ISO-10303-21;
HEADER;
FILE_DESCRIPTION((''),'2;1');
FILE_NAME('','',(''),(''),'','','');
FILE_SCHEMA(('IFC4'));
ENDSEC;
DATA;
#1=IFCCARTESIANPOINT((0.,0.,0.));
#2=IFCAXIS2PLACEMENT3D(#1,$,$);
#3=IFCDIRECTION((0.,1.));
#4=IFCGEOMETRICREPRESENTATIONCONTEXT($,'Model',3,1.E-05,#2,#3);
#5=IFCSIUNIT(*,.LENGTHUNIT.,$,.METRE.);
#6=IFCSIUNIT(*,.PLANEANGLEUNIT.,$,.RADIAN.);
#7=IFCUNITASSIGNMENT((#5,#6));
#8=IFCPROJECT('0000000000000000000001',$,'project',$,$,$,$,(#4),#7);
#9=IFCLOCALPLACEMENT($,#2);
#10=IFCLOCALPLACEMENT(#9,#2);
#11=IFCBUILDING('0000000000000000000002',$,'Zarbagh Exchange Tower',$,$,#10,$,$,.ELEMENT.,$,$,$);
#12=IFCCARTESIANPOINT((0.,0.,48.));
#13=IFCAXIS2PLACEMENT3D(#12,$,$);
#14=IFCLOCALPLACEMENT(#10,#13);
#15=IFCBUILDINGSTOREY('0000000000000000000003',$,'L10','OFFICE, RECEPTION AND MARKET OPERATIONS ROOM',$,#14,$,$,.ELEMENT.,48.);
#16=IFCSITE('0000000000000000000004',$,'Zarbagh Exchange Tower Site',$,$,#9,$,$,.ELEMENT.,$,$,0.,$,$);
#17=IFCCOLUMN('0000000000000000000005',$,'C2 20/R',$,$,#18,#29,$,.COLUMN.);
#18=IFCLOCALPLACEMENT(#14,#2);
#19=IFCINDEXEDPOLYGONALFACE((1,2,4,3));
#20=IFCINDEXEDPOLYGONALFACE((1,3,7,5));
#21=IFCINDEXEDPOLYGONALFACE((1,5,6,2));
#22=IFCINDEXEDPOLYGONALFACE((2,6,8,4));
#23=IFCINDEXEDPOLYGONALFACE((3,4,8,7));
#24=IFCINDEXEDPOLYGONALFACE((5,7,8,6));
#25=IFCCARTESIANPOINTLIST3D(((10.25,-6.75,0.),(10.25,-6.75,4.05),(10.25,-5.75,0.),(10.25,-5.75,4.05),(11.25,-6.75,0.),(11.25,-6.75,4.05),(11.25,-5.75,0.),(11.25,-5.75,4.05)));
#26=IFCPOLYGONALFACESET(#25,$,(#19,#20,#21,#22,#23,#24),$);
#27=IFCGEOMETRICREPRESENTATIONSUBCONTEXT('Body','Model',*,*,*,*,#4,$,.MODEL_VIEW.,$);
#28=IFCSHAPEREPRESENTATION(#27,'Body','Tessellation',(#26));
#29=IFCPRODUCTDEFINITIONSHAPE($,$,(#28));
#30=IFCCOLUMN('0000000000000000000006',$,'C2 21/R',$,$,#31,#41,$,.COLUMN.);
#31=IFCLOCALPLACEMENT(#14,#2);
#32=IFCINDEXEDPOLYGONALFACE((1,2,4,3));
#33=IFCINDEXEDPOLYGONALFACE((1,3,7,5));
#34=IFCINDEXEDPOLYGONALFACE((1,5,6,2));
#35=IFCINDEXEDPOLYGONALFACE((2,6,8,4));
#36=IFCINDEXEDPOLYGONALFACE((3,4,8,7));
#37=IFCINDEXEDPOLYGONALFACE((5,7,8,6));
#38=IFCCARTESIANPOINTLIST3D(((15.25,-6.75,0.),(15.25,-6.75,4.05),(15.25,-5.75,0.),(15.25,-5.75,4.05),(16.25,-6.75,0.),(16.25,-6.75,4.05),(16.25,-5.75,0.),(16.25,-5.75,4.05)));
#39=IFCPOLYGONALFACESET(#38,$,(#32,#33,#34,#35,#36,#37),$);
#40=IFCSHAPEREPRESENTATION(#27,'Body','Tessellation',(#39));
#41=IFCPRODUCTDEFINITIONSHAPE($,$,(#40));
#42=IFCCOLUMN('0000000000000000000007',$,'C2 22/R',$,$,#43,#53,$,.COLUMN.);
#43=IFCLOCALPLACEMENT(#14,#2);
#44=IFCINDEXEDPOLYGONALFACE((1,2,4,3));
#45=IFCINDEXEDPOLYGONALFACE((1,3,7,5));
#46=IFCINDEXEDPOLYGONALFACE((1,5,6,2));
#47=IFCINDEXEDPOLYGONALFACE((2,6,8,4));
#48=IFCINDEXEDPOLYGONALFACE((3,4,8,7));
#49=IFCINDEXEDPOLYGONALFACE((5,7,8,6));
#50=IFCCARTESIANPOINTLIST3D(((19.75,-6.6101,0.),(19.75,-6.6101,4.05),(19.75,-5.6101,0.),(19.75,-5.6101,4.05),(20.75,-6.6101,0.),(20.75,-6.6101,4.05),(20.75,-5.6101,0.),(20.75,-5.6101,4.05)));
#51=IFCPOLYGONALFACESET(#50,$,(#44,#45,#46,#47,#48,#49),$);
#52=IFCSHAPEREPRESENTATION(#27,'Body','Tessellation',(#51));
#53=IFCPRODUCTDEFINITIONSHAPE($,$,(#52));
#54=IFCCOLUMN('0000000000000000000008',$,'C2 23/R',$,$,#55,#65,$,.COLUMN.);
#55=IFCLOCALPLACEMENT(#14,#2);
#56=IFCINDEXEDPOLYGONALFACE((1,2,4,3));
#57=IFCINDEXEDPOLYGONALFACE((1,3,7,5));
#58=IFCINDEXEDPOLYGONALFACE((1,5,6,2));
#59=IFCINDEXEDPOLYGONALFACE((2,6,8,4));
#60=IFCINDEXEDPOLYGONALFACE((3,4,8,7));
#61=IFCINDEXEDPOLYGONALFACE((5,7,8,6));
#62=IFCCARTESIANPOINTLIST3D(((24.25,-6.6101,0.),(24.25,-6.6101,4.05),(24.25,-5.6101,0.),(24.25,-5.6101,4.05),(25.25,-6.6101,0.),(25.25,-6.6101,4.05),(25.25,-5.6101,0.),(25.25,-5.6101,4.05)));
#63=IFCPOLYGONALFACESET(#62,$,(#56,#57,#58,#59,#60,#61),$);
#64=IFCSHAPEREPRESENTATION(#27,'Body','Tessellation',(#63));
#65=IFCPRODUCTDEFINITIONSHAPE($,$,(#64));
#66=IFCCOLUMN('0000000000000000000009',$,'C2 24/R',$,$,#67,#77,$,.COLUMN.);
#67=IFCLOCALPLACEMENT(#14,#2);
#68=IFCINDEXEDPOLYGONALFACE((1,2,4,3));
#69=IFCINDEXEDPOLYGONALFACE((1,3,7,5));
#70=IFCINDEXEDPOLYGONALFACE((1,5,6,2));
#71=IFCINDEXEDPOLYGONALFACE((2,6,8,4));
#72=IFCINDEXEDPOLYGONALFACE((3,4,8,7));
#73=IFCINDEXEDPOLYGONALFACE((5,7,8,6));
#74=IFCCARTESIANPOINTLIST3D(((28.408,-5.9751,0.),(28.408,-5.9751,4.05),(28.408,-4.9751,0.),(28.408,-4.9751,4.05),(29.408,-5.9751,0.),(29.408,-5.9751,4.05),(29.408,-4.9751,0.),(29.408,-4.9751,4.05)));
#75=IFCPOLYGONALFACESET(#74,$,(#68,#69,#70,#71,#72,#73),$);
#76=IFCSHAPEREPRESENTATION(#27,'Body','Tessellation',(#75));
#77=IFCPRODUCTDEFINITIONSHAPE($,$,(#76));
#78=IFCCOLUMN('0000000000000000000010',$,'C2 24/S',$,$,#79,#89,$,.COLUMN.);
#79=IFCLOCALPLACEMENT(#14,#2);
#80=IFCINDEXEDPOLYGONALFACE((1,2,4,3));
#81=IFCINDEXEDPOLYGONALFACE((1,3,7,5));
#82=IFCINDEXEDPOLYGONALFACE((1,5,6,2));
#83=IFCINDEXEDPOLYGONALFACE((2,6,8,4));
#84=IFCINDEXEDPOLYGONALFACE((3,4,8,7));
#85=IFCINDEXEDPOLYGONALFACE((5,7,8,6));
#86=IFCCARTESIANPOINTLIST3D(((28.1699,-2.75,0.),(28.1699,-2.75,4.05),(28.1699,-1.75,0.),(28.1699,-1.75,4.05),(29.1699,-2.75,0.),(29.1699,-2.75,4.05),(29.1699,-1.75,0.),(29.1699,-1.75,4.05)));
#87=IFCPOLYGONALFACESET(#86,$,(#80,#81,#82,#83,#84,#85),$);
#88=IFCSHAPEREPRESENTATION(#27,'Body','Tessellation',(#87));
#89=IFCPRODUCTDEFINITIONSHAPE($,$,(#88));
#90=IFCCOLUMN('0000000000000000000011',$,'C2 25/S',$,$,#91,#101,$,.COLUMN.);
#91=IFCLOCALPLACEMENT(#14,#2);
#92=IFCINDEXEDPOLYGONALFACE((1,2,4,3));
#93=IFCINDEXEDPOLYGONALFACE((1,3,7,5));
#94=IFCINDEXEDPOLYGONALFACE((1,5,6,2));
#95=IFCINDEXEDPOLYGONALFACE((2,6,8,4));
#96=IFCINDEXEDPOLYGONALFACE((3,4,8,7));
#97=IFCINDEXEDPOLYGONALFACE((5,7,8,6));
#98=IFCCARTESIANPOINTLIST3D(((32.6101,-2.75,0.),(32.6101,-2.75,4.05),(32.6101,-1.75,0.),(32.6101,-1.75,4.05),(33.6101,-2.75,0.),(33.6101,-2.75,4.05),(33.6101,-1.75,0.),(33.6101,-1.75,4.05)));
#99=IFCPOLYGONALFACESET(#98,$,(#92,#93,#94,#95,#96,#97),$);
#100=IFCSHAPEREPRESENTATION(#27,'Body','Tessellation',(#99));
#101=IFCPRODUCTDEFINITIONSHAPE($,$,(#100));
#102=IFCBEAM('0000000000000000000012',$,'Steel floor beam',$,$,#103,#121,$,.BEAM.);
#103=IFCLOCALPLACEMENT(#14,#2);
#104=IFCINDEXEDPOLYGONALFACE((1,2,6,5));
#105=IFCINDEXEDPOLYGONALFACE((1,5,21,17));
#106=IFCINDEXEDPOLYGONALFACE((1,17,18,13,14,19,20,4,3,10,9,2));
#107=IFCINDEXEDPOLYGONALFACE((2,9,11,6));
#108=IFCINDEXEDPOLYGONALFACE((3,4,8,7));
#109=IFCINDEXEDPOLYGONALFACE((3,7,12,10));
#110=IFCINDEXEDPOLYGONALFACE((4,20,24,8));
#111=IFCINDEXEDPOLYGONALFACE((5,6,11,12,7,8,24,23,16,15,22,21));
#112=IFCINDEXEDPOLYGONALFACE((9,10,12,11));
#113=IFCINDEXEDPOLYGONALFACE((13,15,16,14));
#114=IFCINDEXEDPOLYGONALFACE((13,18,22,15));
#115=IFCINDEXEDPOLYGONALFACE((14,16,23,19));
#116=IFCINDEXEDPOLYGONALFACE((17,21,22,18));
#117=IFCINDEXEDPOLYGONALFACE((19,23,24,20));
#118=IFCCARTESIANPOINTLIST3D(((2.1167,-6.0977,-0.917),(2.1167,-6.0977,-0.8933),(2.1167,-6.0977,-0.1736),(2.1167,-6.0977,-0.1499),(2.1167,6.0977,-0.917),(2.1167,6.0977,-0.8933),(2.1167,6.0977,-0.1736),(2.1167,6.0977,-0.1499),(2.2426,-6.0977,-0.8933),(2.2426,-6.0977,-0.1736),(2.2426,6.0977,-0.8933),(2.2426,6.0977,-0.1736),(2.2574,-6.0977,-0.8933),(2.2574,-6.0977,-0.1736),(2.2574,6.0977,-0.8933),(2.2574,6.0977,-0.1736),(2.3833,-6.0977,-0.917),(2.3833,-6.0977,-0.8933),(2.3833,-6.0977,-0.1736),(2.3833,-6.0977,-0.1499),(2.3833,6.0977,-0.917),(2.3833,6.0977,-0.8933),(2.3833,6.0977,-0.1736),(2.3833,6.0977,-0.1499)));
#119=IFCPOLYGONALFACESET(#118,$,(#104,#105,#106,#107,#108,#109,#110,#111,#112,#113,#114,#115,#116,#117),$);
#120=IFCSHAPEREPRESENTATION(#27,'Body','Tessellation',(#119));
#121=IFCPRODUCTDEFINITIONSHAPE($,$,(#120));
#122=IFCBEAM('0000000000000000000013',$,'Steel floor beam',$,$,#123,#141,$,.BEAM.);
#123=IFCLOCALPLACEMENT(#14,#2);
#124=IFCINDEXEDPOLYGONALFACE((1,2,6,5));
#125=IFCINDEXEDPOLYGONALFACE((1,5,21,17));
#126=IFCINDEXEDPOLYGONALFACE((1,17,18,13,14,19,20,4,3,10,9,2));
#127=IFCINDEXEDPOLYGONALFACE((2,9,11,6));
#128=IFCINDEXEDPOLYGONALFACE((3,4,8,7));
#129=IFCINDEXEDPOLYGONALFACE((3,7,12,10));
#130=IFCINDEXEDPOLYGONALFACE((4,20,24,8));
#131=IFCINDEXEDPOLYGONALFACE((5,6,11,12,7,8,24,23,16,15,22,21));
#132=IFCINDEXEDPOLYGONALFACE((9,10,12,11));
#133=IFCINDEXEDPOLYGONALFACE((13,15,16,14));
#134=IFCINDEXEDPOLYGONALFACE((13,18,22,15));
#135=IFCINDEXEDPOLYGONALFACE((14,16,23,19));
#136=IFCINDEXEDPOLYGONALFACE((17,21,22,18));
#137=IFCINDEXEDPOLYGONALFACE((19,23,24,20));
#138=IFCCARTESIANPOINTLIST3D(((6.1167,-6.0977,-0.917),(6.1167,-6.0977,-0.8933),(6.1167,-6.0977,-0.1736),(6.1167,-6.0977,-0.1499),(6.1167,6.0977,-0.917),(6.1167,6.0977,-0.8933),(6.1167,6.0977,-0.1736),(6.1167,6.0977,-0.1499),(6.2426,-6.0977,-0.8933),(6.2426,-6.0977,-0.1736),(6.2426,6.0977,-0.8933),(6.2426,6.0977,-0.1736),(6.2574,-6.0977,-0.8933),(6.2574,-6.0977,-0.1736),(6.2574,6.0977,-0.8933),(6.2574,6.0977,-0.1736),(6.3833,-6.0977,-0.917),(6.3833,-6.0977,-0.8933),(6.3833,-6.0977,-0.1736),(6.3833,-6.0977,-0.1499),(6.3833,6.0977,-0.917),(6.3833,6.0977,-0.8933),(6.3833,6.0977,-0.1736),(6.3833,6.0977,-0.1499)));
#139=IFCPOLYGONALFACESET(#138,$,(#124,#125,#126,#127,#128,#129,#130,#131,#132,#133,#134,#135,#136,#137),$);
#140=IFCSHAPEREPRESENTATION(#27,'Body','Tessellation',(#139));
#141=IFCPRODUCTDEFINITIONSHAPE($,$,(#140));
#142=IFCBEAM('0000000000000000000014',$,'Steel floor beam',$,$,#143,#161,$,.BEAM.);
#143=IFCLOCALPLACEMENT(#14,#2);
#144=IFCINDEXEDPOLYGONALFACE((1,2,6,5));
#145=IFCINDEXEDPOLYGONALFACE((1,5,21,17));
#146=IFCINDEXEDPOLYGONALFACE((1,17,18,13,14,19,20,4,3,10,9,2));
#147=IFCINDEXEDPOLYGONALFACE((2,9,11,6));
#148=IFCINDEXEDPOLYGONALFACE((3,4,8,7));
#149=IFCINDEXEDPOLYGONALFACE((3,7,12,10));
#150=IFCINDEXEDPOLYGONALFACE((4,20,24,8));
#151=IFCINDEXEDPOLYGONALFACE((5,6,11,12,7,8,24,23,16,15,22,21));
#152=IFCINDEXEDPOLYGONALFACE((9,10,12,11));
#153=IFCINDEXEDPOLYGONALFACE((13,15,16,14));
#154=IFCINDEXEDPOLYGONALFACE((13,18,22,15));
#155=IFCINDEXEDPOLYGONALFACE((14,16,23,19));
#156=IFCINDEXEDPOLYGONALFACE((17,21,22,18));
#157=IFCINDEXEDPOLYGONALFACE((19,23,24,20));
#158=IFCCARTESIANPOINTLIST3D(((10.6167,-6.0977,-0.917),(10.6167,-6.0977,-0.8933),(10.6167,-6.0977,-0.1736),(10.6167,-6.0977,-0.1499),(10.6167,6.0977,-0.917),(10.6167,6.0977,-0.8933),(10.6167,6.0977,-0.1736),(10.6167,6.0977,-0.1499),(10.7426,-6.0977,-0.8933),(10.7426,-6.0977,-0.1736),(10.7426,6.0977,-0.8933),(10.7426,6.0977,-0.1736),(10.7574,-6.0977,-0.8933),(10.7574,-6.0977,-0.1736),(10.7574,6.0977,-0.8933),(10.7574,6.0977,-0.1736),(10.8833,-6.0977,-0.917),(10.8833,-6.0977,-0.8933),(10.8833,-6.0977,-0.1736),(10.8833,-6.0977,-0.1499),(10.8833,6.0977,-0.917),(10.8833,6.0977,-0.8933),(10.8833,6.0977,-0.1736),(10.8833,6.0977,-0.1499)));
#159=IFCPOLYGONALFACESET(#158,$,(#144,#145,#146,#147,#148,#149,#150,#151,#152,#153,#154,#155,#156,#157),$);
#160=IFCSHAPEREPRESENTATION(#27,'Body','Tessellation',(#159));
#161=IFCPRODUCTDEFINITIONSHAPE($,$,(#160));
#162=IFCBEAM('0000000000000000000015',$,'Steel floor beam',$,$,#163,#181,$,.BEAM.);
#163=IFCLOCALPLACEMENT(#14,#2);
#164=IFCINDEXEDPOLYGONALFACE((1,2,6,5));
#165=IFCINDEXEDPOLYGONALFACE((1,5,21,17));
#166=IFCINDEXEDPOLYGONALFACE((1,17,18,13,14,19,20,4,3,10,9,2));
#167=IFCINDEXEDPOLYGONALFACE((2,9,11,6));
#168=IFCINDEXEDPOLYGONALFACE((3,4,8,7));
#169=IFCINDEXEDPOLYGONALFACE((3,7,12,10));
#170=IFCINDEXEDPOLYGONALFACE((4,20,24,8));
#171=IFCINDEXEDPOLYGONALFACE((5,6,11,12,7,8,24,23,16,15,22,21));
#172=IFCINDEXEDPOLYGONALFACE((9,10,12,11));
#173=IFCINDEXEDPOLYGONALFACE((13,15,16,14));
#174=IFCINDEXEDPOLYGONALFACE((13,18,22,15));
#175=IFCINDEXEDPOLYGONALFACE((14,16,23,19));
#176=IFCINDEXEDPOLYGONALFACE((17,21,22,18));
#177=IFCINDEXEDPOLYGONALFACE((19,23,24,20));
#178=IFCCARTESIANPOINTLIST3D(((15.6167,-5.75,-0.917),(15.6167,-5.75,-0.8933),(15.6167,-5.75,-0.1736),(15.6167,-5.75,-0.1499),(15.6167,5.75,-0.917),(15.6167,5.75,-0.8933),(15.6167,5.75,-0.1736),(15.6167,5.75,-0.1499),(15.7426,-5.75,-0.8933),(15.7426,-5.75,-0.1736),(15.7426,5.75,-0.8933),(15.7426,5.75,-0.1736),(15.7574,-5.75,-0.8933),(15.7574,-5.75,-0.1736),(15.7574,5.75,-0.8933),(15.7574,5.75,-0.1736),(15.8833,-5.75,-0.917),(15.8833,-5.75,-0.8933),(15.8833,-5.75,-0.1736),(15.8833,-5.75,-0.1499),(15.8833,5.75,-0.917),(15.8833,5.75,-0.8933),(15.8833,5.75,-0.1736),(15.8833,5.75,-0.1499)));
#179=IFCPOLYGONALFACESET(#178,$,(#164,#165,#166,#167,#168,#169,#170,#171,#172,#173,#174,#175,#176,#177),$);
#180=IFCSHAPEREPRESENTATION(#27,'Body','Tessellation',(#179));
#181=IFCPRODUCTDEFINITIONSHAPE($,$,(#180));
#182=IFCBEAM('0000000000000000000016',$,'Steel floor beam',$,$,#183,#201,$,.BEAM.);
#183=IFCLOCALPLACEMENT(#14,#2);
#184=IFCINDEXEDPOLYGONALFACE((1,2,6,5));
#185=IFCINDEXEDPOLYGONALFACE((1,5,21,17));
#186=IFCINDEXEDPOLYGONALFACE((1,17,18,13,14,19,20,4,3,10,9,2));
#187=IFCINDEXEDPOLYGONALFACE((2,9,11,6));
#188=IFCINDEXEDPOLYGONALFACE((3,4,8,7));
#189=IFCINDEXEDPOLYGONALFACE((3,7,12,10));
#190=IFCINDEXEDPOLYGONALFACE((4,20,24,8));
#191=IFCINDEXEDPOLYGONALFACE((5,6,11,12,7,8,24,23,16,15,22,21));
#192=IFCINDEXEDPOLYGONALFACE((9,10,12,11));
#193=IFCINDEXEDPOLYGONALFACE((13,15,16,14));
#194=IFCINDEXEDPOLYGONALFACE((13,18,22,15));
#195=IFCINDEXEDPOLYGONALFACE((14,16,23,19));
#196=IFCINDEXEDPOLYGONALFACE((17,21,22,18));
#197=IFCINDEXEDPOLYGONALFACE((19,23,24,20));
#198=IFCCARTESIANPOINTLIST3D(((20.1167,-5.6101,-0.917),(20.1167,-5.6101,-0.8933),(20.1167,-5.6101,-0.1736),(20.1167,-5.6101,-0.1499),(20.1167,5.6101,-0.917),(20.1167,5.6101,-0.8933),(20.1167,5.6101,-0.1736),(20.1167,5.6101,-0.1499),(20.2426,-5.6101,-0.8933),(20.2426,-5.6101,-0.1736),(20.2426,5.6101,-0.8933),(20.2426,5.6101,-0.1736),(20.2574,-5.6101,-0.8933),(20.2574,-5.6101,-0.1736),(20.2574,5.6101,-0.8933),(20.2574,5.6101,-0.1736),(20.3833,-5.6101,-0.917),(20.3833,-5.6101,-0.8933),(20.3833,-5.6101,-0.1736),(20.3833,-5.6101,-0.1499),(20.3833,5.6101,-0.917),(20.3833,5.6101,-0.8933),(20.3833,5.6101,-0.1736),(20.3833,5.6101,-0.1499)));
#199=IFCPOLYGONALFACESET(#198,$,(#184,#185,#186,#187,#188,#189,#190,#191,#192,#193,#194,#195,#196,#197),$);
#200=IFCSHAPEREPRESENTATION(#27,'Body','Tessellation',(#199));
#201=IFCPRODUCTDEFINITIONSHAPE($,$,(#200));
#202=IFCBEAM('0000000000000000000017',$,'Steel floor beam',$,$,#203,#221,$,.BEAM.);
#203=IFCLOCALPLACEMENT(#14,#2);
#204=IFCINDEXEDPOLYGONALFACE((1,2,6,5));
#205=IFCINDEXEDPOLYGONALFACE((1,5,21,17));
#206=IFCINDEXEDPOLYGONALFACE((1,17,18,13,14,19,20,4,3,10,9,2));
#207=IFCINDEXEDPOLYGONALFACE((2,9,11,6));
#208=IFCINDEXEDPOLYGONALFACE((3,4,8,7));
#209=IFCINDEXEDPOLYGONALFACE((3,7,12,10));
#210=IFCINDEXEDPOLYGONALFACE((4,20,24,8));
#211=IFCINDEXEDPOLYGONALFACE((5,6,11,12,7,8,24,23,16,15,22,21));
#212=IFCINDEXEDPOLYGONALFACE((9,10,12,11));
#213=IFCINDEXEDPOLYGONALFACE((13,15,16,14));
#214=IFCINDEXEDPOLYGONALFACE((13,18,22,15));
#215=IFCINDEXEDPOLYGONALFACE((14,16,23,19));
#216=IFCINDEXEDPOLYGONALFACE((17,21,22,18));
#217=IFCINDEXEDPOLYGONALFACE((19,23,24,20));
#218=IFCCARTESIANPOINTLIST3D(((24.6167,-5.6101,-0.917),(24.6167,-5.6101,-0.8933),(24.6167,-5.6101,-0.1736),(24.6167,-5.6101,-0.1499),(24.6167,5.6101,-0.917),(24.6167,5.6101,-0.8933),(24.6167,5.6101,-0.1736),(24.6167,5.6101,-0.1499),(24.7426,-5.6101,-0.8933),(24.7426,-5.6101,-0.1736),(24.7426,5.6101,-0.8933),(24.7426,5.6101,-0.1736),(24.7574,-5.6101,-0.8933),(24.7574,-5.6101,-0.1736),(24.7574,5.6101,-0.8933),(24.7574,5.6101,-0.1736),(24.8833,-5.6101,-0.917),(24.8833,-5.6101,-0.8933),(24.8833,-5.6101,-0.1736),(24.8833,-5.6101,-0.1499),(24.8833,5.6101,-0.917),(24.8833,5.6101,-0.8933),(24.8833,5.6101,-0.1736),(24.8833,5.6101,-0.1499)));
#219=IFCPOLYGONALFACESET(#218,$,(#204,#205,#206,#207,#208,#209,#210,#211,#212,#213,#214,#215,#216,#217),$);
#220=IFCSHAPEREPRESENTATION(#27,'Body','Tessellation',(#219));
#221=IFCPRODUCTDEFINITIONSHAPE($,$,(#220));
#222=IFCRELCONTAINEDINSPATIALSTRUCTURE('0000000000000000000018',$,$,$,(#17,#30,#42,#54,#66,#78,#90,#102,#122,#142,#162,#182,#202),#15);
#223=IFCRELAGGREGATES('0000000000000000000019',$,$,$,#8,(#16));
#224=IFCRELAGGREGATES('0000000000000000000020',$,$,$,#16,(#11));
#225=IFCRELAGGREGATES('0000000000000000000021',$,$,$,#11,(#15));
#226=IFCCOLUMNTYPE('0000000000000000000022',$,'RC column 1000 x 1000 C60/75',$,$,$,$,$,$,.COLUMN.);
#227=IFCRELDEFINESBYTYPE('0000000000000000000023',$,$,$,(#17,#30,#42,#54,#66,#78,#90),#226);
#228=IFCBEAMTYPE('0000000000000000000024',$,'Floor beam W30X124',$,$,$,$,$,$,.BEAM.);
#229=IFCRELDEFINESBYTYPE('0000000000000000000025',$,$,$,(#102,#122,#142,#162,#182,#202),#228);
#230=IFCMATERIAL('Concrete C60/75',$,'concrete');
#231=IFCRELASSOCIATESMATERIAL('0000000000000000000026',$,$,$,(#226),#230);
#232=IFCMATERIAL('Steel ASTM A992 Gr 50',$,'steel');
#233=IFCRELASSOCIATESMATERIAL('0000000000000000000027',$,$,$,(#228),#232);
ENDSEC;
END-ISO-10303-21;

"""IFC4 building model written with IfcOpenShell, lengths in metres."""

from ifc_helpers import new_model, si_unit, direction, frame, origin, origin_2d, place, context, subcontext, project, spatial, rectangle, i_section, extrude, material, material_profile, profile_set, type_object, element, save


model = new_model("IFC4")

# Units and contexts
model_context = context("Model", 3, precision=1e-05, world=origin(), true_north=direction((0.0, 1.0)))
body_context = subcontext(model_context, "Body", "Model", "MODEL_VIEW")
ifc_project = project(units=[si_unit("LENGTHUNIT", "METRE"), si_unit("PLANEANGLEUNIT", "RADIAN")], contexts=[model_context])

# Site, building, storey
site_placement = place(None, origin())
site = spatial("IfcSite", under=ifc_project, at=site_placement, Name="Zarbagh Exchange Tower Site", CompositionType="ELEMENT", RefElevation=0.0)
building_placement = place(site_placement, origin())
building = spatial("IfcBuilding", under=site, at=building_placement, Name="Zarbagh Exchange Tower", CompositionType="ELEMENT")
storey_placement = place(building_placement, frame((0.0, 0.0, 48.0)))
storey = spatial("IfcBuildingStorey", under=building, at=storey_placement, Name="L10", Description="OFFICE, RECEPTION AND MARKET OPERATIONS ROOM", CompositionType="ELEMENT", Elevation=48.0)

# Columns
ifc_material_1 = material(Name="Concrete C60/75", Category="concrete")
ifc_material_profile_1 = material_profile(ifc_material_1, rectangle(XDim=1.0, YDim=1.0, at=origin_2d()), Name="RC column 1000 x 1000 C60/75")
ifc_profile_set_1 = profile_set([ifc_material_profile_1], Name="Concrete C60/75")
column_type = type_object("IfcColumnType", Name="RC column 1000 x 1000 C60/75", PredefinedType="COLUMN", material=ifc_profile_set_1)
for number, where, z_axis, x_axis, name in (
    (1, (10.75, -6.25, 0.0), (0.0, 0.0, 1.0), (1.0, 0.0, 0.0), "C2 20/R"),
    (2, (15.75, -6.25, 0.0), (0.0, 0.0, 1.0), (1.0, 0.0, 0.0), "C2 21/R"),
    (3, (20.25, -6.1101, 0.0), (0.0, 0.0, 1.0), (1.0, 0.0, 0.0), "C2 22/R"),
    (4, (24.75, -6.1101, 0.0), (0.0, 0.0, 1.0), (1.0, 0.0, 0.0), "C2 23/R"),
    (5, (28.908, -5.4751, 0.0), (0.0, 0.0, 1.0), (1.0, 0.0, 0.0), "C2 24/R"),
    (6, (28.6699, -2.25, 0.0), (0.0, 0.0, 1.0), (1.0, 0.0, 0.0), "C2 24/S"),
    (7, (33.1101, -2.25, 0.0), (0.0, 0.0, 1.0), (1.0, 0.0, 0.0), "C2 25/S"),
):
    element("IfcColumn", number, at=place(storey_placement, frame(where, z_axis=z_axis, x_axis=x_axis)), inside=storey, type_object=column_type, Name=name, PredefinedType="COLUMN", context=body_context, shape_type="SweptSolid", body=[
        extrude(rectangle(XDim=1.0, YDim=1.0, at=origin_2d()), origin(), (0.0, 0.0, 1.0), 4.05),
    ])

# Beams
ifc_material_2 = material(Name="Steel ASTM A992 Gr 50", Category="steel")
ifc_material_profile_2 = material_profile(ifc_material_2, i_section(OverallWidth=0.2666, OverallDepth=0.7671, WebThickness=0.0149, FlangeThickness=0.0237, at=origin_2d()), Name="W30X124")
ifc_profile_set_2 = profile_set([ifc_material_profile_2], Name="Steel ASTM A992 Gr 50")
beam_type_1 = type_object("IfcBeamType", Name="Floor beam W30X124", PredefinedType="BEAM", material=ifc_profile_set_2)
for number, where, z_axis, x_axis, name in (
    (8, (2.25, -6.0977, -0.5334), (0.0, 1.0, 0.0), (-1.0, 0.0, 0.0), "Steel floor beam"),
    (9, (6.25, -6.0977, -0.5334), (0.0, 1.0, 0.0), (-1.0, 0.0, 0.0), "Steel floor beam"),
    (10, (10.75, -6.0977, -0.5334), (0.0, 1.0, 0.0), (-1.0, 0.0, 0.0), "Steel floor beam"),
):
    element("IfcBeam", number, at=place(storey_placement, frame(where, z_axis=z_axis, x_axis=x_axis)), inside=storey, type_object=beam_type_1, Name=name, PredefinedType="BEAM", context=body_context, shape_type="SweptSolid", body=[
        extrude(i_section(OverallWidth=0.2666, OverallDepth=0.7671, WebThickness=0.0149, FlangeThickness=0.0237, at=origin_2d()), origin(), (0.0, 0.0, 1.0), 12.1953),
    ])
beam_1_placement = place(storey_placement, frame((15.75, -5.75, -0.5334), z_axis=(0.0, 1.0, 0.0), x_axis=(-1.0, 0.0, 0.0)))
element("IfcBeam", 11, at=beam_1_placement, inside=storey, type_object=beam_type_1, Name="Steel floor beam", PredefinedType="BEAM", context=body_context, shape_type="SweptSolid", body=[
    extrude(i_section(OverallWidth=0.2666, OverallDepth=0.7671, WebThickness=0.0149, FlangeThickness=0.0237, at=origin_2d()), origin(), (0.0, 0.0, 1.0), 11.5),
])
for number, where, z_axis, x_axis, name in (
    (12, (20.25, -5.6101, -0.5334), (0.0, 1.0, 0.0), (-1.0, 0.0, 0.0), "Steel floor beam"),
    (13, (24.75, -5.6101, -0.5334), (0.0, 1.0, 0.0), (-1.0, 0.0, 0.0), "Steel floor beam"),
):
    element("IfcBeam", number, at=place(storey_placement, frame(where, z_axis=z_axis, x_axis=x_axis)), inside=storey, type_object=beam_type_1, Name=name, PredefinedType="BEAM", context=body_context, shape_type="SweptSolid", body=[
        extrude(i_section(OverallWidth=0.2666, OverallDepth=0.7671, WebThickness=0.0149, FlangeThickness=0.0237, at=origin_2d()), origin(), (0.0, 0.0, 1.0), 11.2202),
    ])

save(model, "model.ifc")
